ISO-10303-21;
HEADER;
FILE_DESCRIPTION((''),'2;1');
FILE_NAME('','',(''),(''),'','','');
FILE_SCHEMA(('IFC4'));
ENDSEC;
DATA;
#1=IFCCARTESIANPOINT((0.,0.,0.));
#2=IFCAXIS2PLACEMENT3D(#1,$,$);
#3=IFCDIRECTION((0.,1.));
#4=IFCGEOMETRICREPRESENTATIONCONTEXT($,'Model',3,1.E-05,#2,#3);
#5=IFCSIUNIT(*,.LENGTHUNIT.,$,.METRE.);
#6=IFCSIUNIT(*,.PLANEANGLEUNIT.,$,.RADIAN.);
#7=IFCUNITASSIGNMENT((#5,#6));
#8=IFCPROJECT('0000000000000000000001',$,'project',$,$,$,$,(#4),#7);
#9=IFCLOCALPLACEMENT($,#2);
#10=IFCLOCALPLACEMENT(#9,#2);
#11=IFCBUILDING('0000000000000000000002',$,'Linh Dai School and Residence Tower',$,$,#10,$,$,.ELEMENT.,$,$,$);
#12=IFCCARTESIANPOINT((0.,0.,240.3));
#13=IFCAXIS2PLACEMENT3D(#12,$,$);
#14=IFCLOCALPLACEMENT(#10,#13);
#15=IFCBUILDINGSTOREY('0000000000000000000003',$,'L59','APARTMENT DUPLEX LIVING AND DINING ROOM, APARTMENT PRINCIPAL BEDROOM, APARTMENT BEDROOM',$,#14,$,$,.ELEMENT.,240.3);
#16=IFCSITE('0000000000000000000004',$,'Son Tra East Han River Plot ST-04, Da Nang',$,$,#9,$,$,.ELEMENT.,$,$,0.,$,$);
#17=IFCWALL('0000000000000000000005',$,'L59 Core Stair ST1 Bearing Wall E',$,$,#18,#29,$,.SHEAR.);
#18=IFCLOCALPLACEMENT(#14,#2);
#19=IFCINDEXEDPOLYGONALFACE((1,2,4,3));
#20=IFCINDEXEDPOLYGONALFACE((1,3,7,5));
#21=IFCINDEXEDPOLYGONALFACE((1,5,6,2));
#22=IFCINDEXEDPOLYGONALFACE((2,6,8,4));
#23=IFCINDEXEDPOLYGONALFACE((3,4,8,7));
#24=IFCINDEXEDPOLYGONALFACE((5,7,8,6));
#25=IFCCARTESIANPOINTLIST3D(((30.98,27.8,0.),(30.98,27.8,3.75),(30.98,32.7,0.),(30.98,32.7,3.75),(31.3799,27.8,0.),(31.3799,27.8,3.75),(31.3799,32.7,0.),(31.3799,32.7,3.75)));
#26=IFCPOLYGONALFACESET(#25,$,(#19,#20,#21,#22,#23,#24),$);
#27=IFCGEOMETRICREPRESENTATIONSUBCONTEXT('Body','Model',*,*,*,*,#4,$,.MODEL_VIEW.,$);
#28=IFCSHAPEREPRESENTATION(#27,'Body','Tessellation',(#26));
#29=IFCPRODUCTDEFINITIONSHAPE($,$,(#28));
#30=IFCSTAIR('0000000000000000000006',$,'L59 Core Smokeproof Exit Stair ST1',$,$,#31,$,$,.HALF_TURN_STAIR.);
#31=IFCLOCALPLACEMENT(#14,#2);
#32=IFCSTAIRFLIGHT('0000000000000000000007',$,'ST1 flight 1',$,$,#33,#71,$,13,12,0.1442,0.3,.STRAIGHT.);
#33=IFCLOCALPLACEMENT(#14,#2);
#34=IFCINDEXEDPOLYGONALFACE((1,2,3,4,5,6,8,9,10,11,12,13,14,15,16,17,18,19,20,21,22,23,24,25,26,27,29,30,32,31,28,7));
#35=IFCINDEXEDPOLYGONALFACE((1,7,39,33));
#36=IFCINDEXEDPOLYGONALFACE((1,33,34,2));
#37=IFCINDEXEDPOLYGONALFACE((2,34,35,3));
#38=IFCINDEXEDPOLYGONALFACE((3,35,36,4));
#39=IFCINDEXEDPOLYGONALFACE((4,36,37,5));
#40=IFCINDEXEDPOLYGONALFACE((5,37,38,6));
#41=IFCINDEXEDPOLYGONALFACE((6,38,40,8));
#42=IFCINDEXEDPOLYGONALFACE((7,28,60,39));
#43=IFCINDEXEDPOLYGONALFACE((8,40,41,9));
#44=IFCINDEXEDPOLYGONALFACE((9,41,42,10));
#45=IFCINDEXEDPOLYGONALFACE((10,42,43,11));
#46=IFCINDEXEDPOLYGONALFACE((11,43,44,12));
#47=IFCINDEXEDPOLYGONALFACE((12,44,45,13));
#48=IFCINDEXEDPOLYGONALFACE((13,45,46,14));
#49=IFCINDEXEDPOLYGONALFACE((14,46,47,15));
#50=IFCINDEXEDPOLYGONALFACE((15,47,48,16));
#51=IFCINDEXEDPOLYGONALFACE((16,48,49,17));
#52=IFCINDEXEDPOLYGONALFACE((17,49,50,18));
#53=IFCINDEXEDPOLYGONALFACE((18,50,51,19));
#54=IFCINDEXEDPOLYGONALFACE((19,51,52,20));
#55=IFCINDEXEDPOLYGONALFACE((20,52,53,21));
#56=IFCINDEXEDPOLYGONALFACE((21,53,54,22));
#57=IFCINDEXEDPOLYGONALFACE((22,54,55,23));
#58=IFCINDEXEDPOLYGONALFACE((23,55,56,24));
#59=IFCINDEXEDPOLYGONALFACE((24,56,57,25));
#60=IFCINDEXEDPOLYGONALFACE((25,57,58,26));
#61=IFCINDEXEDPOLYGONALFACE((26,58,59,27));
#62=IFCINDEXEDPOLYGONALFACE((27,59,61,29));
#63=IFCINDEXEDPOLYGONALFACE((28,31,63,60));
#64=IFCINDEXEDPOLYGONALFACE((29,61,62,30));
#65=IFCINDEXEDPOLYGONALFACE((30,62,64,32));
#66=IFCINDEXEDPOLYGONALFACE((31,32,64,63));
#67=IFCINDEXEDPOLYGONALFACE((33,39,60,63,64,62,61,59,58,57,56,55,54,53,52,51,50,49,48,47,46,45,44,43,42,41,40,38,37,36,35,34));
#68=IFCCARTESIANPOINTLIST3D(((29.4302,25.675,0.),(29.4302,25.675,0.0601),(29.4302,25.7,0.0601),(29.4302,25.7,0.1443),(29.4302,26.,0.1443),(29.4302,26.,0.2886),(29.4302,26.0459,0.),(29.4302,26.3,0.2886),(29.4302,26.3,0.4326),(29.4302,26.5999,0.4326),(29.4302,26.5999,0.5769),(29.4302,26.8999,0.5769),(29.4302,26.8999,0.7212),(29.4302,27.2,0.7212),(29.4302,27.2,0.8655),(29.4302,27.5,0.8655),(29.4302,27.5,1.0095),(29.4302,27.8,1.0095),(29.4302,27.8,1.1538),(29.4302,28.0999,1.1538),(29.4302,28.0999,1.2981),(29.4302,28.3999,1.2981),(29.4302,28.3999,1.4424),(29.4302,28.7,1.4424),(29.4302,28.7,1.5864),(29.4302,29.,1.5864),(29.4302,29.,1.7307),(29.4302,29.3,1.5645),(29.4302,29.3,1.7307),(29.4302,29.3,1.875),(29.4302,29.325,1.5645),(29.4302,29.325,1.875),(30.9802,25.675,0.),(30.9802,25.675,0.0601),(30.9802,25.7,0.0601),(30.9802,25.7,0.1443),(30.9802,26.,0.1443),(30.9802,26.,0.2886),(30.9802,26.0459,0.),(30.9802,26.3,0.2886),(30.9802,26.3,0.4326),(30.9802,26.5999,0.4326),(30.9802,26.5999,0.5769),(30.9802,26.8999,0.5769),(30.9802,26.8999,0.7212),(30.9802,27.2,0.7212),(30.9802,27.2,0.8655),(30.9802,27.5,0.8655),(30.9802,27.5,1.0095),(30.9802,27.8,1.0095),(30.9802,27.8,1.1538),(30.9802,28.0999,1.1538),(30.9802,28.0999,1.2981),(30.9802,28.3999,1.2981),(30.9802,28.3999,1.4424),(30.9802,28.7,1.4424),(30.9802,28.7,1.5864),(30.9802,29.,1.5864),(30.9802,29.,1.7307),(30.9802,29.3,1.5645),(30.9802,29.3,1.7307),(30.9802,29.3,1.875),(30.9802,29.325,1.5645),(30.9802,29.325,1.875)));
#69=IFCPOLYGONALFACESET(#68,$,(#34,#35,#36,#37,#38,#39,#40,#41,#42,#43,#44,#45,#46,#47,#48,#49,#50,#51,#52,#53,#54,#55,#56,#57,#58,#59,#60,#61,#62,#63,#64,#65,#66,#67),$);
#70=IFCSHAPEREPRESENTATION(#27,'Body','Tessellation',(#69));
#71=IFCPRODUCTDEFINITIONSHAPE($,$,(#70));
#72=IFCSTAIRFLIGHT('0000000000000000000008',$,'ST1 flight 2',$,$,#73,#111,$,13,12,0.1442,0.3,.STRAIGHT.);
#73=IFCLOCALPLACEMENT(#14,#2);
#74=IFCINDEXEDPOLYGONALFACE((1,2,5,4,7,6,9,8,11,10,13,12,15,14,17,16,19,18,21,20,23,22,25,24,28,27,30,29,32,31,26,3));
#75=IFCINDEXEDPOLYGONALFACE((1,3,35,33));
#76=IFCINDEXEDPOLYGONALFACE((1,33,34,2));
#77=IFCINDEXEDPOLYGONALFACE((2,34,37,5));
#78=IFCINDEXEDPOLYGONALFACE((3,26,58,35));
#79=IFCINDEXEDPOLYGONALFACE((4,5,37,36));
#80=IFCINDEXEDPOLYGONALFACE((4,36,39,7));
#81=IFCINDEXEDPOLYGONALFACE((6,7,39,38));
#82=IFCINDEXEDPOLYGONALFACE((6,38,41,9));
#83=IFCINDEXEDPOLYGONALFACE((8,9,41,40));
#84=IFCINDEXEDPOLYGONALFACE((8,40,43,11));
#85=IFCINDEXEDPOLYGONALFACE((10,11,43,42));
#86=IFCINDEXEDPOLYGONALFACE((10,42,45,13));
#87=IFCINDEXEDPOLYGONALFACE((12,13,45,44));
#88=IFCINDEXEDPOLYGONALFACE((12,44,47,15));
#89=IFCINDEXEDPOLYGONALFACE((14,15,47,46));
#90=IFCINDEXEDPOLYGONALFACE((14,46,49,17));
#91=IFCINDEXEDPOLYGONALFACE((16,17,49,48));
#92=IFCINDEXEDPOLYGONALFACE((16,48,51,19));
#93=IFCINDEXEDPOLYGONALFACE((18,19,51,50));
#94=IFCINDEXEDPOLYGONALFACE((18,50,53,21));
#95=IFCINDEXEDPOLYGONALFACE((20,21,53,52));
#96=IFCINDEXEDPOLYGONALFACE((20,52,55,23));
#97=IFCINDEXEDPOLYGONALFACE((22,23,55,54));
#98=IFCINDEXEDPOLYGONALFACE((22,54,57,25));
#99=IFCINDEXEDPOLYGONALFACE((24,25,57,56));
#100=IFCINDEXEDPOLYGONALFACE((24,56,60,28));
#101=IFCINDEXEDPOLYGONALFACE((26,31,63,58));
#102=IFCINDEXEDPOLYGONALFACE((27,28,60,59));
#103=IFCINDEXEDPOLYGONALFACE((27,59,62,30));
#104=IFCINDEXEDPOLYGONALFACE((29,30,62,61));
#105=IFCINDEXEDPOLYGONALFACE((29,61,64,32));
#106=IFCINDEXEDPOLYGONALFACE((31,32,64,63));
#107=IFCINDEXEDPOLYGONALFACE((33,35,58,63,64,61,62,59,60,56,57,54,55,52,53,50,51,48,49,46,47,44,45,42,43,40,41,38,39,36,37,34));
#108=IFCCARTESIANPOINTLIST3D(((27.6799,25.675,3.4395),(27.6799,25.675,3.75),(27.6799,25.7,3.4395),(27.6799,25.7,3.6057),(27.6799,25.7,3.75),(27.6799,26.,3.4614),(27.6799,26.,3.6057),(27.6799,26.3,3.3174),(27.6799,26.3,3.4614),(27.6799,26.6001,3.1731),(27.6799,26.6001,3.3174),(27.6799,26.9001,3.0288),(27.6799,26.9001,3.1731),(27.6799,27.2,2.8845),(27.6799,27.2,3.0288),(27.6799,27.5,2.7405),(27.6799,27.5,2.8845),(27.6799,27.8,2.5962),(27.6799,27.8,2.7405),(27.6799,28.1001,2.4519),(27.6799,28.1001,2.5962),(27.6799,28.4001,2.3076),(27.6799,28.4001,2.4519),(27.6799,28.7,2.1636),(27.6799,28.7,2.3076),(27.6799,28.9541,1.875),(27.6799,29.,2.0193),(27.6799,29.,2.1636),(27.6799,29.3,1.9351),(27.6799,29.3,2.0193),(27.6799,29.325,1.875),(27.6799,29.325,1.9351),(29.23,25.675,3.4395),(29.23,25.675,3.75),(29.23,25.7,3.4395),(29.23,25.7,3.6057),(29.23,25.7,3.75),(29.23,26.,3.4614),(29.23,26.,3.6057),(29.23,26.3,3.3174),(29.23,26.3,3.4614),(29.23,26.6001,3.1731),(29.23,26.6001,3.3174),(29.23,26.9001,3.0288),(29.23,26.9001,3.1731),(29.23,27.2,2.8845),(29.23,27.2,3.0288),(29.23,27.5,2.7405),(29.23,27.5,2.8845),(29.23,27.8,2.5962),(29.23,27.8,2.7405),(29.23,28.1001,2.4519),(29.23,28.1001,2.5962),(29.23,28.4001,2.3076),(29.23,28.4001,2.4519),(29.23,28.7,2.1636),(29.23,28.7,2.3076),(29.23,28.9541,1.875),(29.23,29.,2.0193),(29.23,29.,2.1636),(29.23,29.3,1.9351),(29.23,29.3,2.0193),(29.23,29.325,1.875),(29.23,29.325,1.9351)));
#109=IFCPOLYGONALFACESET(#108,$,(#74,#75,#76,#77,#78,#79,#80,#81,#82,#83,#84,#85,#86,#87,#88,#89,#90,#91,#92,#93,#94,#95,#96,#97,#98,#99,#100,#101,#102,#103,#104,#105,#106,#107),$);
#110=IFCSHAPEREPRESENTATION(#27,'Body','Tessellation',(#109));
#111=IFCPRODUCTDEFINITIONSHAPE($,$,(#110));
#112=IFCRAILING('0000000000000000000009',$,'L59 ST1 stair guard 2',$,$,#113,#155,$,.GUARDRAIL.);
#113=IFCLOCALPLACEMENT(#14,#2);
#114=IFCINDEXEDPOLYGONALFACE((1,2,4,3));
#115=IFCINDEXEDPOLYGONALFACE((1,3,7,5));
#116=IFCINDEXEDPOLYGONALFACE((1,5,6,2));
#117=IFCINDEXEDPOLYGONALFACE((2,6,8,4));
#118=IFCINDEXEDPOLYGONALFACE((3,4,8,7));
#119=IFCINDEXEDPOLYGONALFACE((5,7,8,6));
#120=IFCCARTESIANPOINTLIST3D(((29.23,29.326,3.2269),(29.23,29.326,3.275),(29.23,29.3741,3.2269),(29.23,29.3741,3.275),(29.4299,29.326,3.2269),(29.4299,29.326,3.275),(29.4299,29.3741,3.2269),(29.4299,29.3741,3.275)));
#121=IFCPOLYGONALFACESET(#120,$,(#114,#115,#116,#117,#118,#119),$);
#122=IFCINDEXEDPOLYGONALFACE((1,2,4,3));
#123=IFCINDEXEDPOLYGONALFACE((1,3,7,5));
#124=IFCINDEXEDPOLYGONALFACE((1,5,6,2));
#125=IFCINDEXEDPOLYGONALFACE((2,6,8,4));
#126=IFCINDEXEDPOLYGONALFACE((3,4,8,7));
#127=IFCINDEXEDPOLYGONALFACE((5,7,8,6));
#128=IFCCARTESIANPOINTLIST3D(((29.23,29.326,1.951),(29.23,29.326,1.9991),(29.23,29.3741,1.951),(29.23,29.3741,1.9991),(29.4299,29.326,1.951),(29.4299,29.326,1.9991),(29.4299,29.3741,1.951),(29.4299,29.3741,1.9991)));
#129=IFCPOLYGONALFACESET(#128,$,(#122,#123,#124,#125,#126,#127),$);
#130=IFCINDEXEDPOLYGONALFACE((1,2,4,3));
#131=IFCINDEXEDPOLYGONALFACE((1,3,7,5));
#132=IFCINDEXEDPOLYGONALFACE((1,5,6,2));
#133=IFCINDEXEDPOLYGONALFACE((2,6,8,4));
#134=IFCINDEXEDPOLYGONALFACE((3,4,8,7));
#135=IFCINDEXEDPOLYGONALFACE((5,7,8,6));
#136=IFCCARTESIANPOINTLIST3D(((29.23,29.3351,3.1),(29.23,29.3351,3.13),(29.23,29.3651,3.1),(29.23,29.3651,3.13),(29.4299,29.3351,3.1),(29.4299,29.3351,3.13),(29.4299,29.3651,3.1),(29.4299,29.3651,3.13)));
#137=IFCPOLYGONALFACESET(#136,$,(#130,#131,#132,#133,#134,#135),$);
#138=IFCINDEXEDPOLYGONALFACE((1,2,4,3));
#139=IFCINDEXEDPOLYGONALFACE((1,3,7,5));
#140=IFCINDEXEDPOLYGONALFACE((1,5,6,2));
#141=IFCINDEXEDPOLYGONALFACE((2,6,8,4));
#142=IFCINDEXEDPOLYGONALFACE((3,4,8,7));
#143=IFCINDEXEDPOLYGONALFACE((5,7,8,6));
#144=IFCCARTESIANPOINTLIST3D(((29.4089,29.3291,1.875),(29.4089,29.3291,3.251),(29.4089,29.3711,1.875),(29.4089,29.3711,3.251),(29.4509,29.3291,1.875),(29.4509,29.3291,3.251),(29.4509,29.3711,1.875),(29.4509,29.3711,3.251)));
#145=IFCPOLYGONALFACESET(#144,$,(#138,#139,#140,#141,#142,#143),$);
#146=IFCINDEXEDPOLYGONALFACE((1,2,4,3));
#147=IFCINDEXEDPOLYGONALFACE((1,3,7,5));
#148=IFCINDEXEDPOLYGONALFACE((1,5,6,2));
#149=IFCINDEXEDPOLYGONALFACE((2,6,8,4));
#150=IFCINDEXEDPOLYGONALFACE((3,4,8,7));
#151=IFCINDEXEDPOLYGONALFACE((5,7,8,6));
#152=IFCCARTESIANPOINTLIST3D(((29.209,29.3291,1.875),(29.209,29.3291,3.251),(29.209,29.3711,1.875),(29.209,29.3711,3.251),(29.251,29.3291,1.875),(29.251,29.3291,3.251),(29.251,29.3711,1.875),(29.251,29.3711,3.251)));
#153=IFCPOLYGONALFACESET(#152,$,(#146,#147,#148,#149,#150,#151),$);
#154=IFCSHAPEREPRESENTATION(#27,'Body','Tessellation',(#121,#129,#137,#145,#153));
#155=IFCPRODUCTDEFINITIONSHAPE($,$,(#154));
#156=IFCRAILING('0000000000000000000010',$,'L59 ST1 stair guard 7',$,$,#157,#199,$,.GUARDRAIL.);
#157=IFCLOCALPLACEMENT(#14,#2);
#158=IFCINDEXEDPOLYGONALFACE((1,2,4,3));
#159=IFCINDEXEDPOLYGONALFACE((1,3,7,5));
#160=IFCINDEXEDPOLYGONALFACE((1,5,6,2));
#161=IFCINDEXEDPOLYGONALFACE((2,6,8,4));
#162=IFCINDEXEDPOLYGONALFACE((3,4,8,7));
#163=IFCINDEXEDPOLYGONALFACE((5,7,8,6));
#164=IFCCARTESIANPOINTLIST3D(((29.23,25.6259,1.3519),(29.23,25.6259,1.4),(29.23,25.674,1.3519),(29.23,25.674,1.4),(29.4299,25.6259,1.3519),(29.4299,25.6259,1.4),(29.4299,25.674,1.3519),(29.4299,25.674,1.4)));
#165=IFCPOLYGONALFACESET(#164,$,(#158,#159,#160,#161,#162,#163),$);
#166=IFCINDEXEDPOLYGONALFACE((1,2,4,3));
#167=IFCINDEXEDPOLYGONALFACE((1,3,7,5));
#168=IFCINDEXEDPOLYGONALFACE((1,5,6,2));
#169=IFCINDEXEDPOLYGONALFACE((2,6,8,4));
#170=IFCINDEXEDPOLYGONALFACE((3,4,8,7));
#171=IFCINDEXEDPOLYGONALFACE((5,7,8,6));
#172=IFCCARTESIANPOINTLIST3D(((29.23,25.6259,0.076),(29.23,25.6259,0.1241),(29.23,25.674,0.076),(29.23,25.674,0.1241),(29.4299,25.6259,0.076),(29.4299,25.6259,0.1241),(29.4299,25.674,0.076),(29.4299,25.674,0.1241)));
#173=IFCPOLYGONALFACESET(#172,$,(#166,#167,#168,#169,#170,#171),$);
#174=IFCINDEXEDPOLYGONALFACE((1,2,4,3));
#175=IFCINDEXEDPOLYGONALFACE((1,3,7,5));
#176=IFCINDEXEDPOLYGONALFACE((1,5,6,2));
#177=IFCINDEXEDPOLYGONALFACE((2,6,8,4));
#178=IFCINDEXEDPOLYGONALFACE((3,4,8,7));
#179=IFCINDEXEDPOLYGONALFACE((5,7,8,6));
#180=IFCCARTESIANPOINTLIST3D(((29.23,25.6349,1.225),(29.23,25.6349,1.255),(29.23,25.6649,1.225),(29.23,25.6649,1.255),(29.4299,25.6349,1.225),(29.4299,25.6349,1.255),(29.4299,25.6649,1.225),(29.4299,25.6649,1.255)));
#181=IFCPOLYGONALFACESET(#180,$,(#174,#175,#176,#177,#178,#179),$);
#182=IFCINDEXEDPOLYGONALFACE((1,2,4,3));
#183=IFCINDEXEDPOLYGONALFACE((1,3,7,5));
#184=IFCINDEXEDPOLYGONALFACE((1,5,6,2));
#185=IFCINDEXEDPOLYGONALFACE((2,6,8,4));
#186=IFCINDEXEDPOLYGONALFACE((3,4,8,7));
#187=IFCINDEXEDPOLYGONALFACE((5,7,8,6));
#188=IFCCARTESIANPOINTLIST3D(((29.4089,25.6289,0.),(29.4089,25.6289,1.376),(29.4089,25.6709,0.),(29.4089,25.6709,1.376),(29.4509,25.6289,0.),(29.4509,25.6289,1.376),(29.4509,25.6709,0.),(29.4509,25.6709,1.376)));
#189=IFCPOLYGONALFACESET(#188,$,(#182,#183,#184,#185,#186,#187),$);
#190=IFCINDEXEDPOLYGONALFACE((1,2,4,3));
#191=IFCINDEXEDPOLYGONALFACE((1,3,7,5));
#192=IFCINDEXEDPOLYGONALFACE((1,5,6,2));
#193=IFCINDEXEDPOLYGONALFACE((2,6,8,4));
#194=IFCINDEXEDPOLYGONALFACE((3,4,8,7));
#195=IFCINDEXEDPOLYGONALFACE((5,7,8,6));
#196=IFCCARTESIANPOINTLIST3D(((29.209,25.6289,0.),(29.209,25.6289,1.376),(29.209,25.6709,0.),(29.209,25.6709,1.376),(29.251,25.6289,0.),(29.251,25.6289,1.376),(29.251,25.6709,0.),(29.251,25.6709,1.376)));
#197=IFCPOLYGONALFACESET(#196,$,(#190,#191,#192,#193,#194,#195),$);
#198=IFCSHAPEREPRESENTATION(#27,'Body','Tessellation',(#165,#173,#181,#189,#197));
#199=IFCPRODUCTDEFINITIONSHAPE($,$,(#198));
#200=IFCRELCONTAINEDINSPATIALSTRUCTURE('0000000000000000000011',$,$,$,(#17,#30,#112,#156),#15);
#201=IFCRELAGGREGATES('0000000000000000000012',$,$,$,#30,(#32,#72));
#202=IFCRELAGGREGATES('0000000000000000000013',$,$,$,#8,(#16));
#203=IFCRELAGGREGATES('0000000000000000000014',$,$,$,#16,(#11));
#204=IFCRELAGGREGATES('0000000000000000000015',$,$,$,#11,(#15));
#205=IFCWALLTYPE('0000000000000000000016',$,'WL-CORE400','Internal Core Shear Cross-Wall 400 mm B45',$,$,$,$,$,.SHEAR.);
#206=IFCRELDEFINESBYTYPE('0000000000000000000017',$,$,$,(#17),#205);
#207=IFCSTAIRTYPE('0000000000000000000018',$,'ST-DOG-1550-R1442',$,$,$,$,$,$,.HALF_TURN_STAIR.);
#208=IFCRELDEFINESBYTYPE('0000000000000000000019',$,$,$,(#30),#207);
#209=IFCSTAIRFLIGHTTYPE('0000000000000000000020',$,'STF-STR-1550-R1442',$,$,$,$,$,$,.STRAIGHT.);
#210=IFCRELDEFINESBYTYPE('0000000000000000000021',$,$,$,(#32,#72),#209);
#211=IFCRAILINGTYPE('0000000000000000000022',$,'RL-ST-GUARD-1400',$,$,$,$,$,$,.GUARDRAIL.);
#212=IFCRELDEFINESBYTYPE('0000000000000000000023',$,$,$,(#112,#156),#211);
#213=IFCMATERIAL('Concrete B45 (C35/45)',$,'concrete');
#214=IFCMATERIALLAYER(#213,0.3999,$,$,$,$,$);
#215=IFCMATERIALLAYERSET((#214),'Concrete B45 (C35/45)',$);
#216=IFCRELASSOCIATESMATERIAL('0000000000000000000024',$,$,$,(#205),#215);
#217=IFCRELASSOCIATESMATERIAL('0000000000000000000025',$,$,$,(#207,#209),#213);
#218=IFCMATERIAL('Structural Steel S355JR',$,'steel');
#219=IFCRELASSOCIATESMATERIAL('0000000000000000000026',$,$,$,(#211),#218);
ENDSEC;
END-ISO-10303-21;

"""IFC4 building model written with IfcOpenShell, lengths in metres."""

from ifc_helpers import new_model, si_unit, direction, frame, frame_2d, origin, origin_2d, place, context, subcontext, project, spatial, polyline, rectangle, outline, extrude, source, transform, mapped, material, layer, layer_set, type_object, element, aggregate, save


model = new_model("IFC4")

# Units and contexts
model_context = context("Model", 3, precision=1e-05, world=origin(), true_north=direction((0.0, 1.0)))
body_context = subcontext(model_context, "Body", "Model", "MODEL_VIEW")
ifc_project = project(units=[si_unit("LENGTHUNIT", "METRE"), si_unit("PLANEANGLEUNIT", "RADIAN")], contexts=[model_context])

# Site, building, storey
site_placement = place(None, origin())
site = spatial("IfcSite", under=ifc_project, at=site_placement, Name="Son Tra East Han River Plot ST-04, Da Nang", CompositionType="ELEMENT", RefElevation=0.0)
building_placement = place(site_placement, origin())
building = spatial("IfcBuilding", under=site, at=building_placement, Name="Linh Dai School and Residence Tower", CompositionType="ELEMENT")
storey_placement = place(building_placement, frame((0.0, 0.0, 240.3)))
storey = spatial("IfcBuildingStorey", under=building, at=storey_placement, Name="L59", Description="APARTMENT DUPLEX LIVING AND DINING ROOM, APARTMENT PRINCIPAL BEDROOM, APARTMENT BEDROOM", CompositionType="ELEMENT", Elevation=240.3)

# Shared definitions
ifc_material_1 = material(Name="Structural Steel S355JR", Category="steel")

# Shared definitions
ifc_material_2 = material(Name="Concrete B45 (C35/45)", Category="concrete")

# Wall
ifc_layer_1 = layer(ifc_material_2, 0.3999)
ifc_layer_set_1 = layer_set([ifc_layer_1], Name="Concrete B45 (C35/45)")
wall_type_1 = type_object("IfcWallType", Name="WL-CORE400", Description="Internal Core Shear Cross-Wall 400 mm B45", PredefinedType="SHEAR", material=ifc_layer_set_1)
wall_1_placement = place(storey_placement, frame((31.1799, 27.8, 0.0), z_axis=(0.0, 0.0, 1.0), x_axis=(0.0, 1.0, 0.0)))
element("IfcWall", 1, at=wall_1_placement, inside=storey, type_object=wall_type_1, Name="L59 Core Stair ST1 Bearing Wall E", PredefinedType="SHEAR", context=body_context, shape_type="SweptSolid", body=[
    extrude(rectangle(XDim=4.8999, YDim=0.3999, at=frame_2d((2.45, 0.0))), origin(), (0.0, 0.0, 1.0), 3.75),
])

# Stair, stair flights
stair_type = type_object("IfcStairType", Name="ST-DOG-1550-R1442", PredefinedType="HALF_TURN_STAIR", material=ifc_material_2)
stair_placement = place(storey_placement, origin())
stair = element("IfcStair", 2, at=stair_placement, inside=storey, type_object=stair_type, Name="L59 Core Smokeproof Exit Stair ST1", PredefinedType="HALF_TURN_STAIR")
stair_flight_type = type_object("IfcStairFlightType", Name="STF-STR-1550-R1442", PredefinedType="STRAIGHT", material=ifc_material_2)
shared_shape_1 = source(origin(), body_context, "Body", "SweptSolid", [
    extrude(outline(polyline([(-0.0249, 0.0), (-0.0249, 0.0601), (0.0, 0.0601), (0.0, 0.1443), (0.3, 0.1443), (0.3, 0.2886), (0.6001, 0.2886), (0.6001, 0.4326), (0.8999, 0.4326), (0.8999, 0.5769), (1.2, 0.5769), (1.2, 0.7212), (1.5, 0.7212), (1.5, 0.8655), (1.8, 0.8655), (1.8, 1.0095), (2.1001, 1.0095), (2.1001, 1.1538), (2.3999, 1.1538), (2.3999, 1.2981), (2.7, 1.2981), (2.7, 1.4424), (3.0, 1.4424), (3.0, 1.5864), (3.3, 1.5864), (3.3, 1.7307), (3.6001, 1.7307), (3.6001, 1.875), (3.625, 1.875), (3.625, 1.5645), (3.6001, 1.5645), (0.3459, 0.0), (-0.0249, 0.0)])), frame((0.0, 0.7749, 0.0), z_axis=(0.0, -1.0, 0.0), x_axis=(1.0, 0.0, 0.0)), (0.0, 0.0, 1.0), 1.55),
])
stair_flight_1_placement = place(storey_placement, frame((30.2051, 25.7, 0.0), z_axis=(0.0, 0.0, 1.0), x_axis=(0.0, 1.0, 0.0)))
stair_flight_1 = element("IfcStairFlight", 3, at=stair_flight_1_placement, type_object=stair_flight_type, Name="ST1 flight 1", NumberOfRisers=13, NumberOfTreads=12, PredefinedType="STRAIGHT", RiserHeight=0.1442, TreadLength=0.3, context=body_context, shape_type="MappedRepresentation", body=[
    mapped(shared_shape_1, transform((0.0, 0.0, 0.0), x_axis=(1.0, 0.0, 0.0), y_axis=(0.0, 1.0, 0.0), z_axis=(0.0, 0.0, 1.0), scale=1.0)),
])
stair_flight_2_placement = place(storey_placement, frame((28.4551, 29.3, 1.875), z_axis=(0.0, 0.0, 1.0), x_axis=(0.0, -1.0, 0.0)))
stair_flight_2 = element("IfcStairFlight", 4, at=stair_flight_2_placement, type_object=stair_flight_type, Name="ST1 flight 2", NumberOfRisers=13, NumberOfTreads=12, PredefinedType="STRAIGHT", RiserHeight=0.1442, TreadLength=0.3, context=body_context, shape_type="MappedRepresentation", body=[
    mapped(shared_shape_1, transform((0.0, 0.0, 0.0), x_axis=(1.0, 0.0, 0.0), y_axis=(0.0, 1.0, 0.0), z_axis=(0.0, 0.0, 1.0), scale=1.0)),
])
aggregate(stair, [stair_flight_1, stair_flight_2])

# Railings
railing_type_1 = type_object("IfcRailingType", Name="RL-ST-GUARD-1400", PredefinedType="GUARDRAIL", material=ifc_material_1)
shared_shape_2 = source(origin(), body_context, "Body", "SweptSolid", [
    extrude(rectangle(XDim=0.0481, YDim=0.0481, at=origin_2d()), frame((0.0, 0.0, 1.376), z_axis=(-1.0, 0.0, 0.0), x_axis=(0.0, -1.0, 0.0)), (0.0, 0.0, 1.0), 0.2),
    extrude(rectangle(XDim=0.0481, YDim=0.0481, at=origin_2d()), frame((0.0, 0.0, 0.1001), z_axis=(-1.0, 0.0, 0.0), x_axis=(0.0, -1.0, 0.0)), (0.0, 0.0, 1.0), 0.2),
    extrude(rectangle(XDim=0.03, YDim=0.03, at=origin_2d()), frame((0.0, 0.0, 1.24), z_axis=(-1.0, 0.0, 0.0), x_axis=(0.0, -1.0, 0.0)), (0.0, 0.0, 1.0), 0.2),
    extrude(rectangle(XDim=0.042, YDim=0.042, at=origin_2d()), origin(), (0.0, 0.0, 1.0), 1.376),
    extrude(rectangle(XDim=0.042, YDim=0.042, at=origin_2d()), frame((-0.2, 0.0, 0.0)), (0.0, 0.0, 1.0), 1.376),
])
for number, where, name in (
    (5, (29.4299, 29.3501, 1.875), "L59 ST1 stair guard 2"),
    (6, (29.4299, 25.6499, 0.0), "L59 ST1 stair guard 7"),
):
    element("IfcRailing", number, at=place(storey_placement, frame(where)), inside=storey, type_object=railing_type_1, Name=name, PredefinedType="GUARDRAIL", context=body_context, shape_type="MappedRepresentation", body=[
        mapped(shared_shape_2, transform((0.0, 0.0, 0.0), x_axis=(1.0, 0.0, 0.0), y_axis=(0.0, 1.0, 0.0), z_axis=(0.0, 0.0, 1.0), scale=1.0)),
    ])

save(model, "model.ifc")
